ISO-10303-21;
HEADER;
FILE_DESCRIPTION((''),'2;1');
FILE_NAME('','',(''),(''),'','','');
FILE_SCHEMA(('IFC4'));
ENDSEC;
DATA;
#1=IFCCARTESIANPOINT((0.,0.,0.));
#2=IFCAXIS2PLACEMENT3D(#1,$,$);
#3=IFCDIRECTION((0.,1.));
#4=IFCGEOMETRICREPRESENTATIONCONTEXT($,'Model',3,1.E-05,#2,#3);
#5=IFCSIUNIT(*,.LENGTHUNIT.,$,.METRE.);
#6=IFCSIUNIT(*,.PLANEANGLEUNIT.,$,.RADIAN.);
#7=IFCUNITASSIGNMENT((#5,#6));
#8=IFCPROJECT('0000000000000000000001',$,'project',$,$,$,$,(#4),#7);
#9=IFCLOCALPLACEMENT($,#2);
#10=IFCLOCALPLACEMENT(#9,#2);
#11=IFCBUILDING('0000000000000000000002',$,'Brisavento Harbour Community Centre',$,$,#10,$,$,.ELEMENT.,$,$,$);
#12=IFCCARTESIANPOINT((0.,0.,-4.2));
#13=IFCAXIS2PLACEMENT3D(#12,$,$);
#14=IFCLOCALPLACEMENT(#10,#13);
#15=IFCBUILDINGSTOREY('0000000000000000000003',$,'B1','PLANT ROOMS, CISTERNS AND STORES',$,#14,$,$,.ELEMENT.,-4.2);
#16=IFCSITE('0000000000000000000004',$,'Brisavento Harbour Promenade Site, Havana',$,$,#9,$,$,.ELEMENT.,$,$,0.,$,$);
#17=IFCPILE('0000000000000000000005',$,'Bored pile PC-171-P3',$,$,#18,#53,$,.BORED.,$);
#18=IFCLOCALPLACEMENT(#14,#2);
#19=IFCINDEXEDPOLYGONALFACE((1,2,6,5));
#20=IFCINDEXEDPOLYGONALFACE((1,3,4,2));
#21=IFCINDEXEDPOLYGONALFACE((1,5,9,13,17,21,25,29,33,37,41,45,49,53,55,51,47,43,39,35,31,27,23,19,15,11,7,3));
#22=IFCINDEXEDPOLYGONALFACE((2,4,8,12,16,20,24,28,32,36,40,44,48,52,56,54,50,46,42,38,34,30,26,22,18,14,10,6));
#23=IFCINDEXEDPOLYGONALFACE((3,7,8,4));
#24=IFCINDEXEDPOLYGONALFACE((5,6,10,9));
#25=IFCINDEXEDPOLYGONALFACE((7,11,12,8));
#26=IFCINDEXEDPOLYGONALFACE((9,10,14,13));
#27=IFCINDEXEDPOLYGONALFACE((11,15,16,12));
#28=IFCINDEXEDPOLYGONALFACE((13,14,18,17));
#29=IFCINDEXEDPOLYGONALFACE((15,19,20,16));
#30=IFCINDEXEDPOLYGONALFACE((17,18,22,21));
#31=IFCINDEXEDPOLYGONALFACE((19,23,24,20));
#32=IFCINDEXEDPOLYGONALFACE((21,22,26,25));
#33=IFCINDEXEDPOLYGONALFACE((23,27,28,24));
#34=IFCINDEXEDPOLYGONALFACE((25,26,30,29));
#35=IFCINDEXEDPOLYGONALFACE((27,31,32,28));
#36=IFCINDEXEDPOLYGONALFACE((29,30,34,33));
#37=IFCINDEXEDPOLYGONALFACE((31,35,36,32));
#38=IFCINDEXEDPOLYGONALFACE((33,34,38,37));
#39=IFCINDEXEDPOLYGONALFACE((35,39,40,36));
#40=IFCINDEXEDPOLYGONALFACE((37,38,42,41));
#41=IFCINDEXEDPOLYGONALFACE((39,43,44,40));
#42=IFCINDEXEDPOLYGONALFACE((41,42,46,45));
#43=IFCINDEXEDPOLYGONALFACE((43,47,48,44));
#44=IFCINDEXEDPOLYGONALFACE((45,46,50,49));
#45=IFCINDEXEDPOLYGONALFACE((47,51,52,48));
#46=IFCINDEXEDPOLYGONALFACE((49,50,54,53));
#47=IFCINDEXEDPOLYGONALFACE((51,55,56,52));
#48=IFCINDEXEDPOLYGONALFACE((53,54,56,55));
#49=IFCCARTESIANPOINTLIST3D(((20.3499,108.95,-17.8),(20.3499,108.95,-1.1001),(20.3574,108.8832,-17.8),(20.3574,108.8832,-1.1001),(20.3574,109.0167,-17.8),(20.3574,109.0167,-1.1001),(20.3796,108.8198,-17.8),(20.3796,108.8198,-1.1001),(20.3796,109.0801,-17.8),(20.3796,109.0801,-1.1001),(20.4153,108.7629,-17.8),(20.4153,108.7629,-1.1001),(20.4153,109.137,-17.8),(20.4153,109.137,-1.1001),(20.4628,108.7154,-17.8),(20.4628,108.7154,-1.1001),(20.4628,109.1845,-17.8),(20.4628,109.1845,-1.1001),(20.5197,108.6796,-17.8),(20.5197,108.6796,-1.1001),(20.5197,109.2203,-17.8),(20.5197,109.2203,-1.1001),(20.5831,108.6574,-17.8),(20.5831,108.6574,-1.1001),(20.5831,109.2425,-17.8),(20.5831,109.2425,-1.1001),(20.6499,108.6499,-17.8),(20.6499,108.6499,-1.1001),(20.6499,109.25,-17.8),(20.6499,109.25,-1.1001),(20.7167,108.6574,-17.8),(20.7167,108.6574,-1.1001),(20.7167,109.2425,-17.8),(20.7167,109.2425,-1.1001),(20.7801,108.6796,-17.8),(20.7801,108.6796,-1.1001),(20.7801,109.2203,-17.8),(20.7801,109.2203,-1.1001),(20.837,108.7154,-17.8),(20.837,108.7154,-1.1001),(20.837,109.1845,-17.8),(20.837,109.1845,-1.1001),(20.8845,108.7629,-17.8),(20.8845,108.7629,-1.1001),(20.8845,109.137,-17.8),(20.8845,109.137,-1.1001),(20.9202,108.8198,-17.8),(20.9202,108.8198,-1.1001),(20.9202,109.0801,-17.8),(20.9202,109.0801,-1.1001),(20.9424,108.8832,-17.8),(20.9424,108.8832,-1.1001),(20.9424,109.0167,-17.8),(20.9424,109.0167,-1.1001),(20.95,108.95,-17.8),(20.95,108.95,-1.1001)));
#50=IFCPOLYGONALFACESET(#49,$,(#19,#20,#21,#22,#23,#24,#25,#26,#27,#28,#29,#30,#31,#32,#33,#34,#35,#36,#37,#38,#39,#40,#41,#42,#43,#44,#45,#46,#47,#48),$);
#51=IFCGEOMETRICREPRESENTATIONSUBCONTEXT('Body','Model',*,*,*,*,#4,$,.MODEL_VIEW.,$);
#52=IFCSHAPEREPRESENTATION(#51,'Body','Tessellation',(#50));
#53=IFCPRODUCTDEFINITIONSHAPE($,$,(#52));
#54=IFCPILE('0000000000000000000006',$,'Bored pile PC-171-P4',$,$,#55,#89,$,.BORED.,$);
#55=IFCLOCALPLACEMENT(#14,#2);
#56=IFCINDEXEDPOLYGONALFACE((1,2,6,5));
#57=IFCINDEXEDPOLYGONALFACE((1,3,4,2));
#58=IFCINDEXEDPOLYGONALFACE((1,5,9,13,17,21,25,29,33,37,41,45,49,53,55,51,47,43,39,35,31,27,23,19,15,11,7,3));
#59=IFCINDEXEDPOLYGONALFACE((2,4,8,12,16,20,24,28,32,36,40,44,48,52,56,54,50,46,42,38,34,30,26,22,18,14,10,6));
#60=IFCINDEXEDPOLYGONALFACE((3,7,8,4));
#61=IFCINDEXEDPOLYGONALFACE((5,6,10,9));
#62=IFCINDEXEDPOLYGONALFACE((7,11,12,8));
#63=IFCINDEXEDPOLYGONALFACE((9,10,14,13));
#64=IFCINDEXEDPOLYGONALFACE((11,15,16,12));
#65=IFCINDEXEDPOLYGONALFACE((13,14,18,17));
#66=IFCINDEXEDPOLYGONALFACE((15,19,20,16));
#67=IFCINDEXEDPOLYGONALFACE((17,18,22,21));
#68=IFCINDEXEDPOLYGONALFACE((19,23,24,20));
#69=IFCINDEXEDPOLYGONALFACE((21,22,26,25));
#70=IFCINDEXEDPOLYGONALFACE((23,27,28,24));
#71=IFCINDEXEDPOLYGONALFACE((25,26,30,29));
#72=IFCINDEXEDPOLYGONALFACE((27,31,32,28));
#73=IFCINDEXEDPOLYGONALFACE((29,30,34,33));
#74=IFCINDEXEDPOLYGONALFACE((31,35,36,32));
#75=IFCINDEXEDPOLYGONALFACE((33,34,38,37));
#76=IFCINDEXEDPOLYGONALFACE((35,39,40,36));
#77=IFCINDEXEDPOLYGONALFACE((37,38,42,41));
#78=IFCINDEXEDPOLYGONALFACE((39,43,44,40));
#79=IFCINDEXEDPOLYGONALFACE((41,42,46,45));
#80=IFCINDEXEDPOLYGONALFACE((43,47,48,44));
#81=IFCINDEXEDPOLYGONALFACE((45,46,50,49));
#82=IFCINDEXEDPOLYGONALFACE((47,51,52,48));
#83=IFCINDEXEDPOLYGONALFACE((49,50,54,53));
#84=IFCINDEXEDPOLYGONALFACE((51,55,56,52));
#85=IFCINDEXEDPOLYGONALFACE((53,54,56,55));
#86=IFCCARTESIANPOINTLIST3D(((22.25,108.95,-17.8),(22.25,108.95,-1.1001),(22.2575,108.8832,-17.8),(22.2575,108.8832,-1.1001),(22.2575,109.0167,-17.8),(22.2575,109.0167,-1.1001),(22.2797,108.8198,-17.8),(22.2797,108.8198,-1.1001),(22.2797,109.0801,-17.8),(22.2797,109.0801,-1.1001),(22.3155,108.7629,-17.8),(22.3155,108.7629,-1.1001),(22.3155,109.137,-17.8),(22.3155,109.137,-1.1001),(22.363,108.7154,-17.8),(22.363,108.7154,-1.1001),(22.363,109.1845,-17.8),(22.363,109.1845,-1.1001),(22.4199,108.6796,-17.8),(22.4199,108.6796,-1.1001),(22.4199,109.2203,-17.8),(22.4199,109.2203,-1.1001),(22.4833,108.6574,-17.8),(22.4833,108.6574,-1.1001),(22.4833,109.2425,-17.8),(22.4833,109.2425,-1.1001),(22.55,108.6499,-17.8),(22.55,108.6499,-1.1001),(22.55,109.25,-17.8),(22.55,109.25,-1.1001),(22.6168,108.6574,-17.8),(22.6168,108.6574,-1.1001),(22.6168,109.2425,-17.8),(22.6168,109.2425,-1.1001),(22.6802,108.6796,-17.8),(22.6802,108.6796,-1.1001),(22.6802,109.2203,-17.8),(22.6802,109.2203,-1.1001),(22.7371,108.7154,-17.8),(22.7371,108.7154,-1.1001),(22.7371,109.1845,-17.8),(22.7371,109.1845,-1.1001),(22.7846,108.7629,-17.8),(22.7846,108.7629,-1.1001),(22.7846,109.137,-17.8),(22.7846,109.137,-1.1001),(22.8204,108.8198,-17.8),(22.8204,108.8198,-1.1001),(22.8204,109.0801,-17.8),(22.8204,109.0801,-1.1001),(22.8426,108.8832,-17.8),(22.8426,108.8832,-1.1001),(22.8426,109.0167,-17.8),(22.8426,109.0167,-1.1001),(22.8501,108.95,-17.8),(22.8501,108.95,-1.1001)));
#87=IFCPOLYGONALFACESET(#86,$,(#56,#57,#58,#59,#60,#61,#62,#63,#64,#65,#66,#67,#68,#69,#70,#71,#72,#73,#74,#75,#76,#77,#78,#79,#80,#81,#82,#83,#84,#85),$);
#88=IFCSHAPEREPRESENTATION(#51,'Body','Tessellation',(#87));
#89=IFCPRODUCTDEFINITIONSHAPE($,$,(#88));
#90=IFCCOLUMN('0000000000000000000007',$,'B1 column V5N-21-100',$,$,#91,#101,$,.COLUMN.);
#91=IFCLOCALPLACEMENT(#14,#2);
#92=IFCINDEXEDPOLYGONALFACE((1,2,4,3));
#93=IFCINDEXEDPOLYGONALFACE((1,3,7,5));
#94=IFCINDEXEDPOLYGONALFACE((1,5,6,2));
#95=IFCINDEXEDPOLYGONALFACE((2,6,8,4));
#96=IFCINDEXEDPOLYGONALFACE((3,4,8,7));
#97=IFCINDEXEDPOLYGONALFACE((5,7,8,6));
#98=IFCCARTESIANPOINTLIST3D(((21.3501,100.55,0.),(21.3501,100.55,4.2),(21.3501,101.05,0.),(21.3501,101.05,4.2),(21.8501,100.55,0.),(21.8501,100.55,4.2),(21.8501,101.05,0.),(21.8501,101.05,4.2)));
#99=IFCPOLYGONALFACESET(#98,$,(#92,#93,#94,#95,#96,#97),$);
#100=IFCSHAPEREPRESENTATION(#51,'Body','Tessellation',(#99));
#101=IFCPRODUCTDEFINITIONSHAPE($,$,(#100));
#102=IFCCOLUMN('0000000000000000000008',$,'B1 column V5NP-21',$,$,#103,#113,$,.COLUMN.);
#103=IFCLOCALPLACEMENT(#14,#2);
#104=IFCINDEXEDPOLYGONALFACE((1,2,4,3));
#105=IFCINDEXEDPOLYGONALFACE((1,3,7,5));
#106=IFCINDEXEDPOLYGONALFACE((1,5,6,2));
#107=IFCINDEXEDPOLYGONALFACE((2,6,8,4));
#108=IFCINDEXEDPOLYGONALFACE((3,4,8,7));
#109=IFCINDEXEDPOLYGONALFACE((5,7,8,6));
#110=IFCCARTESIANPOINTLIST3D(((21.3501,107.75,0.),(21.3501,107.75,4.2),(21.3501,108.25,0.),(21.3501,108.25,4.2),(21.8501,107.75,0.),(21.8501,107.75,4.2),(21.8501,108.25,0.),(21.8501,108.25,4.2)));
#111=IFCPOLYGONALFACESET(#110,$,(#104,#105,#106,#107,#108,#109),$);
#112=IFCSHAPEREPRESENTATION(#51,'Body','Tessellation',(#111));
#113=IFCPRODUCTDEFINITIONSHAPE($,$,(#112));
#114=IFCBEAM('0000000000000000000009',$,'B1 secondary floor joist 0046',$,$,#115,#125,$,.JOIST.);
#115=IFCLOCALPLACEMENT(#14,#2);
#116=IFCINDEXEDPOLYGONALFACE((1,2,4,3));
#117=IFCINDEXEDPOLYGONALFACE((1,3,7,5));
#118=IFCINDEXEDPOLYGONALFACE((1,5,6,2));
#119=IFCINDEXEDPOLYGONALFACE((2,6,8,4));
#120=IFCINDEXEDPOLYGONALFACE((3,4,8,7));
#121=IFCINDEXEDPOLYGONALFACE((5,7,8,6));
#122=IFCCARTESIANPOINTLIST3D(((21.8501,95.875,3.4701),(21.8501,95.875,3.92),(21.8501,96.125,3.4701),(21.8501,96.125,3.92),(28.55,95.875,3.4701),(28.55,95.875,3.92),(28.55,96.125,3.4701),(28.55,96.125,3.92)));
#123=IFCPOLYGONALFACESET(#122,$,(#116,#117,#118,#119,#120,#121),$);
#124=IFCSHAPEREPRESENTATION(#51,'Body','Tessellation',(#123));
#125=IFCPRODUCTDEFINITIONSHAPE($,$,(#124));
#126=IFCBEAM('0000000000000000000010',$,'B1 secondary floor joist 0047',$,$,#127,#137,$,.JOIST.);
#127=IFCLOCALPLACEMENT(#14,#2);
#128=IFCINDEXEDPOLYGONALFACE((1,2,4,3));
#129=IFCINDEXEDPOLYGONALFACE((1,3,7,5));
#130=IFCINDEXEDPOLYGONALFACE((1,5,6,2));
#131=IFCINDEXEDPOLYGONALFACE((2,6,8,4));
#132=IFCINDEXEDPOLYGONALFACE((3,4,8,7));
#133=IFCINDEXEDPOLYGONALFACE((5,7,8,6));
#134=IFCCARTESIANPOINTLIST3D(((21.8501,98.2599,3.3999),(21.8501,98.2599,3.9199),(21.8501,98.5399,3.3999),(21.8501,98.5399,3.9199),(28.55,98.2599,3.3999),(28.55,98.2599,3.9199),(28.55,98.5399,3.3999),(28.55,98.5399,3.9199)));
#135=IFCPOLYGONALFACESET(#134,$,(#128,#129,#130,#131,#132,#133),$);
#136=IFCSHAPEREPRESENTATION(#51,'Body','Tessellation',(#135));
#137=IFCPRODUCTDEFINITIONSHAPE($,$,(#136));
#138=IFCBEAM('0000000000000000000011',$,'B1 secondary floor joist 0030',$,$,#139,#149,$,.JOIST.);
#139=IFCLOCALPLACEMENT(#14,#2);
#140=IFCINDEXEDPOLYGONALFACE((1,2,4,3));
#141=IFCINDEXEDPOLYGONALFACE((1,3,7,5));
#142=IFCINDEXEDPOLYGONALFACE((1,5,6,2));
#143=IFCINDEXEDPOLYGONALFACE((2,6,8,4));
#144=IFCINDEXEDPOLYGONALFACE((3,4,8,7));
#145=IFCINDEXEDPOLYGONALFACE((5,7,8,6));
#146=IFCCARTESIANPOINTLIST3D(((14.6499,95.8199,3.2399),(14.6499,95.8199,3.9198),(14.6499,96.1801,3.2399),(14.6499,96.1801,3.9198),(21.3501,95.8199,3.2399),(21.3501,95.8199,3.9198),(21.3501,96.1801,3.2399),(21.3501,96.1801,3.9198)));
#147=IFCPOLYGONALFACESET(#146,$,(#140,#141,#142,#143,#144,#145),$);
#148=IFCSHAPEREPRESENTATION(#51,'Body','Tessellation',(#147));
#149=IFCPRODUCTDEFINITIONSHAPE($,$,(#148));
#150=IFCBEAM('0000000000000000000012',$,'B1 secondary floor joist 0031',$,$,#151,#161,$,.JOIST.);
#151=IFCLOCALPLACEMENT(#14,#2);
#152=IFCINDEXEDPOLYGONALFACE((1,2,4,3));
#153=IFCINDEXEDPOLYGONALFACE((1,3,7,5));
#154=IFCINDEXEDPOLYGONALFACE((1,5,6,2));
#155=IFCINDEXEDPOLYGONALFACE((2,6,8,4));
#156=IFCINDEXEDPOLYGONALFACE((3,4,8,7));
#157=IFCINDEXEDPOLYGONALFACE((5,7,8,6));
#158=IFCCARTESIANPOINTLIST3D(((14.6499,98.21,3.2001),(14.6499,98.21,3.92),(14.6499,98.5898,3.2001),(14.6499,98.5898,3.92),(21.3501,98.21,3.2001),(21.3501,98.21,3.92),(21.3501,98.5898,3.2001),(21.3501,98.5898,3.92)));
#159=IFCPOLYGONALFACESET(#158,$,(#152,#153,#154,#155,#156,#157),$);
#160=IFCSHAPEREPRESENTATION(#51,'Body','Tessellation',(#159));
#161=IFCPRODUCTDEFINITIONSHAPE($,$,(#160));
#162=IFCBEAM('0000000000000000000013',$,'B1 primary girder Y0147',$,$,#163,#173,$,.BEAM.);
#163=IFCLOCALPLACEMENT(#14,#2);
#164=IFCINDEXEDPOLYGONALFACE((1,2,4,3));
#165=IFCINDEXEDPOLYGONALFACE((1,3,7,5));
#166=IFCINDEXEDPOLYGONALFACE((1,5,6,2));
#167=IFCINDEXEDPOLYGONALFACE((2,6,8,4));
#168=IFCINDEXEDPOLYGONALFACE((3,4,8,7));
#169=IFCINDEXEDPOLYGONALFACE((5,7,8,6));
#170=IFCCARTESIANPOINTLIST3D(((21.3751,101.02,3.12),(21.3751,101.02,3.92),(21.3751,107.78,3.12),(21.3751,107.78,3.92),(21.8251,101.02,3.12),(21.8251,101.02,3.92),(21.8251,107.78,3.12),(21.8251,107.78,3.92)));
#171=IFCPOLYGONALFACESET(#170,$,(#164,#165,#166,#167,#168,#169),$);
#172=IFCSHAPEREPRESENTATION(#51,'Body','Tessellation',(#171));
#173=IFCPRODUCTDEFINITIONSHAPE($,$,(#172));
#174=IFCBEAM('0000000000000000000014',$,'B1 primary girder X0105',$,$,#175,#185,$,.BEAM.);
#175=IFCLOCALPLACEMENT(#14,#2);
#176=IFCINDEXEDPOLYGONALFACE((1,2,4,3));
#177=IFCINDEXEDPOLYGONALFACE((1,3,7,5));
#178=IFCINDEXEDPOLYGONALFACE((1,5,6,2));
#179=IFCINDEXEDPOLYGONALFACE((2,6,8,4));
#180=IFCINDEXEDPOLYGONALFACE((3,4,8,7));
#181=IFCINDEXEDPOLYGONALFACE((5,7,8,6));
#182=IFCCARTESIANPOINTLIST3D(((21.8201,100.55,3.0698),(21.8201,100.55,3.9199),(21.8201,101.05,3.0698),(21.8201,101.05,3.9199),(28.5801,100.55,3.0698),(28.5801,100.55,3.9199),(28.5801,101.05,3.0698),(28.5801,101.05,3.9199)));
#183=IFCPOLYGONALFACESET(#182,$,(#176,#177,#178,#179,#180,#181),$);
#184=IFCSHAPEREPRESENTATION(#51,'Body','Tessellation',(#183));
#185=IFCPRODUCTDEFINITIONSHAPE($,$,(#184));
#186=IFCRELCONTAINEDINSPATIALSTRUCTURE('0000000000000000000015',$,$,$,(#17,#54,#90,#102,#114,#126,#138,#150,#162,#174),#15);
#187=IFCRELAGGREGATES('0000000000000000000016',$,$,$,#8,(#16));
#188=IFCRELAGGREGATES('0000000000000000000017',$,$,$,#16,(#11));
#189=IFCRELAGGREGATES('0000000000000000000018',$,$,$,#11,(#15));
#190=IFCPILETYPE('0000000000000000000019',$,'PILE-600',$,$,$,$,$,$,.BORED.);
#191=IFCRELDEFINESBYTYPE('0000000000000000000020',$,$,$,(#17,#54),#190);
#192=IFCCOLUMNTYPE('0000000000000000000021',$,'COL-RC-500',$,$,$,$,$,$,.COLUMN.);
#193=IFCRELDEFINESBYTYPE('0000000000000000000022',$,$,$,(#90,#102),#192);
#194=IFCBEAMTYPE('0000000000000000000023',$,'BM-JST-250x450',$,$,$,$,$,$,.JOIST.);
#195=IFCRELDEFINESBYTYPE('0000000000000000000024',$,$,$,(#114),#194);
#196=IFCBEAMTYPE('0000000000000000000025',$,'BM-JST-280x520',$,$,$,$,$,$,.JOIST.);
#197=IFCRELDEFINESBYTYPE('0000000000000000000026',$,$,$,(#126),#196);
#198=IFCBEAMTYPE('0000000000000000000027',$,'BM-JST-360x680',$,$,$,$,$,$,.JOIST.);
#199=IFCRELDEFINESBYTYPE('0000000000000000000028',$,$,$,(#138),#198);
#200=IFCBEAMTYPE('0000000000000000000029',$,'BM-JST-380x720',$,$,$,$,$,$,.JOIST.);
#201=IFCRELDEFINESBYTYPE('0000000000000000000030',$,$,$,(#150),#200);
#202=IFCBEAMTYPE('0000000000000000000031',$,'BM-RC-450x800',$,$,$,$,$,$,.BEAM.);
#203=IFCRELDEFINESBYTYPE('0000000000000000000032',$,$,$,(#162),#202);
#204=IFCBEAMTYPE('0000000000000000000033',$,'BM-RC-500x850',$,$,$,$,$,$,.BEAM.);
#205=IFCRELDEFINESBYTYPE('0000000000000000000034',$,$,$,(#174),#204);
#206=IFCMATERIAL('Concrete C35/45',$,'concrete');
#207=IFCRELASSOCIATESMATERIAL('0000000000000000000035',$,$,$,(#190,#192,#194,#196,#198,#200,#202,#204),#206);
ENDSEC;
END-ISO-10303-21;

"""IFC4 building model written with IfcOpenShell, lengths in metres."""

from ifc_helpers import new_model, si_unit, direction, frame, origin, origin_2d, place, context, subcontext, project, spatial, rectangle, circle, extrude, material, material_profile, profile_set, type_object, element, save


model = new_model("IFC4")

# Units and contexts
model_context = context("Model", 3, precision=1e-05, world=origin(), true_north=direction((0.0, 1.0)))
body_context = subcontext(model_context, "Body", "Model", "MODEL_VIEW")
ifc_project = project(units=[si_unit("LENGTHUNIT", "METRE"), si_unit("PLANEANGLEUNIT", "RADIAN")], contexts=[model_context])

# Site, building, storey
site_placement = place(None, origin())
site = spatial("IfcSite", under=ifc_project, at=site_placement, Name="Brisavento Harbour Promenade Site, Havana", CompositionType="ELEMENT", RefElevation=0.0)
building_placement = place(site_placement, origin())
building = spatial("IfcBuilding", under=site, at=building_placement, Name="Brisavento Harbour Community Centre", CompositionType="ELEMENT")
storey_placement = place(building_placement, frame((0.0, 0.0, -4.2)))
storey = spatial("IfcBuildingStorey", under=building, at=storey_placement, Name="B1", Description="PLANT ROOMS, CISTERNS AND STORES", CompositionType="ELEMENT", Elevation=-4.2)

# Shared definitions
ifc_material = material(Name="Concrete C35/45", Category="concrete")

# Piles
ifc_material_profile_1 = material_profile(ifc_material, circle(Radius=0.3, at=origin_2d()), Name="Concrete C35/45")
ifc_profile_set_1 = profile_set([ifc_material_profile_1], Name="Concrete C35/45")
pile_type = type_object("IfcPileType", Name="PILE-600", PredefinedType="BORED", material=ifc_profile_set_1)
for number, where, z_axis, x_axis, name in (
    (1, (20.6499, 108.95, -1.1001), (0.0, 0.0, -1.0), (1.0, 0.0, 0.0), "Bored pile PC-171-P3"),
    (2, (22.55, 108.95, -1.1001), (0.0, 0.0, -1.0), (1.0, 0.0, 0.0), "Bored pile PC-171-P4"),
):
    element("IfcPile", number, at=place(storey_placement, frame(where, z_axis=z_axis, x_axis=x_axis)), inside=storey, type_object=pile_type, Name=name, PredefinedType="BORED", context=body_context, shape_type="SweptSolid", body=[
        extrude(circle(Radius=0.3, at=origin_2d()), origin(), (0.0, 0.0, 1.0), 16.7),
    ])

# Columns
ifc_material_profile_2 = material_profile(ifc_material, rectangle(XDim=0.5, YDim=0.5, at=origin_2d()), Name="Concrete C35/45")
ifc_profile_set_2 = profile_set([ifc_material_profile_2], Name="Concrete C35/45")
column_type = type_object("IfcColumnType", Name="COL-RC-500", PredefinedType="COLUMN", material=ifc_profile_set_2)
for number, where, z_axis, x_axis, name in (
    (3, (21.6001, 100.8, 0.0), (0.0, 0.0, 1.0), (1.0, 0.0, 0.0), "B1 column V5N-21-100"),
    (4, (21.6001, 108.0, 0.0), (0.0, 0.0, 1.0), (1.0, 0.0, 0.0), "B1 column V5NP-21"),
):
    element("IfcColumn", number, at=place(storey_placement, frame(where, z_axis=z_axis, x_axis=x_axis)), inside=storey, type_object=column_type, Name=name, PredefinedType="COLUMN", context=body_context, shape_type="SweptSolid", body=[
        extrude(rectangle(XDim=0.5, YDim=0.5, at=origin_2d()), origin(), (0.0, 0.0, 1.0), 4.2),
    ])

# Beams
ifc_material_profile_3 = material_profile(ifc_material, rectangle(XDim=0.25, YDim=0.45, at=origin_2d()), Name="Concrete C35/45")
ifc_profile_set_3 = profile_set([ifc_material_profile_3], Name="Concrete C35/45")
beam_type_1 = type_object("IfcBeamType", Name="BM-JST-250x450", PredefinedType="JOIST", material=ifc_profile_set_3)
beam_1_placement = place(storey_placement, frame((21.8501, 96.0, 3.6951), z_axis=(1.0, 0.0, 0.0), x_axis=(0.0, 1.0, 0.0)))
element("IfcBeam", 5, at=beam_1_placement, inside=storey, type_object=beam_type_1, Name="B1 secondary floor joist 0046", PredefinedType="JOIST", context=body_context, shape_type="SweptSolid", body=[
    extrude(rectangle(XDim=0.25, YDim=0.45, at=origin_2d()), origin(), (0.0, 0.0, 1.0), 6.7),
])
ifc_material_profile_4 = material_profile(ifc_material, rectangle(XDim=0.28, YDim=0.52, at=origin_2d()), Name="Concrete C35/45")
ifc_profile_set_4 = profile_set([ifc_material_profile_4], Name="Concrete C35/45")
beam_type_2 = type_object("IfcBeamType", Name="BM-JST-280x520", PredefinedType="JOIST", material=ifc_profile_set_4)
beam_2_placement = place(storey_placement, frame((21.8501, 98.3999, 3.6599), z_axis=(1.0, 0.0, 0.0), x_axis=(0.0, 1.0, 0.0)))
element("IfcBeam", 6, at=beam_2_placement, inside=storey, type_object=beam_type_2, Name="B1 secondary floor joist 0047", PredefinedType="JOIST", context=body_context, shape_type="SweptSolid", body=[
    extrude(rectangle(XDim=0.28, YDim=0.52, at=origin_2d()), origin(), (0.0, 0.0, 1.0), 6.7),
])
ifc_material_profile_5 = material_profile(ifc_material, rectangle(XDim=0.3601, YDim=0.6799, at=origin_2d()), Name="Concrete C35/45")
ifc_profile_set_5 = profile_set([ifc_material_profile_5], Name="Concrete C35/45")
beam_type_3 = type_object("IfcBeamType", Name="BM-JST-360x680", PredefinedType="JOIST", material=ifc_profile_set_5)
beam_3_placement = place(storey_placement, frame((14.6499, 96.0, 3.5798), z_axis=(1.0, 0.0, 0.0), x_axis=(0.0, 1.0, 0.0)))
element("IfcBeam", 7, at=beam_3_placement, inside=storey, type_object=beam_type_3, Name="B1 secondary floor joist 0030", PredefinedType="JOIST", context=body_context, shape_type="SweptSolid", body=[
    extrude(rectangle(XDim=0.3601, YDim=0.6799, at=origin_2d()), origin(), (0.0, 0.0, 1.0), 6.7002),
])
ifc_material_profile_6 = material_profile(ifc_material, rectangle(XDim=0.3799, YDim=0.72, at=origin_2d()), Name="Concrete C35/45")
ifc_profile_set_6 = profile_set([ifc_material_profile_6], Name="Concrete C35/45")
beam_type_4 = type_object("IfcBeamType", Name="BM-JST-380x720", PredefinedType="JOIST", material=ifc_profile_set_6)
beam_4_placement = place(storey_placement, frame((14.6499, 98.3999, 3.5601), z_axis=(1.0, 0.0, 0.0), x_axis=(0.0, 1.0, 0.0)))
element("IfcBeam", 8, at=beam_4_placement, inside=storey, type_object=beam_type_4, Name="B1 secondary floor joist 0031", PredefinedType="JOIST", context=body_context, shape_type="SweptSolid", body=[
    extrude(rectangle(XDim=0.3799, YDim=0.72, at=origin_2d()), origin(), (0.0, 0.0, 1.0), 6.7002),
])
ifc_material_profile_7 = material_profile(ifc_material, rectangle(XDim=0.45, YDim=0.8, at=origin_2d()), Name="Concrete C35/45")
ifc_profile_set_7 = profile_set([ifc_material_profile_7], Name="Concrete C35/45")
beam_type_5 = type_object("IfcBeamType", Name="BM-RC-450x800", PredefinedType="BEAM", material=ifc_profile_set_7)
beam_5_placement = place(storey_placement, frame((21.6001, 101.02, 3.52), z_axis=(0.0, 1.0, 0.0), x_axis=(-1.0, 0.0, 0.0)))
element("IfcBeam", 9, at=beam_5_placement, inside=storey, type_object=beam_type_5, Name="B1 primary girder Y0147", PredefinedType="BEAM", context=body_context, shape_type="SweptSolid", body=[
    extrude(rectangle(XDim=0.45, YDim=0.8, at=origin_2d()), origin(), (0.0, 0.0, 1.0), 6.76),
])
ifc_material_profile_8 = material_profile(ifc_material, rectangle(XDim=0.5, YDim=0.8501, at=origin_2d()), Name="Concrete C35/45")
ifc_profile_set_8 = profile_set([ifc_material_profile_8], Name="Concrete C35/45")
beam_type_6 = type_object("IfcBeamType", Name="BM-RC-500x850", PredefinedType="BEAM", material=ifc_profile_set_8)
beam_6_placement = place(storey_placement, frame((21.8201, 100.8, 3.4949), z_axis=(1.0, 0.0, 0.0), x_axis=(0.0, 1.0, 0.0)))
element("IfcBeam", 10, at=beam_6_placement, inside=storey, type_object=beam_type_6, Name="B1 primary girder X0105", PredefinedType="BEAM", context=body_context, shape_type="SweptSolid", body=[
    extrude(rectangle(XDim=0.5, YDim=0.8501, at=origin_2d()), origin(), (0.0, 0.0, 1.0), 6.76),
])

save(model, "model.ifc")
